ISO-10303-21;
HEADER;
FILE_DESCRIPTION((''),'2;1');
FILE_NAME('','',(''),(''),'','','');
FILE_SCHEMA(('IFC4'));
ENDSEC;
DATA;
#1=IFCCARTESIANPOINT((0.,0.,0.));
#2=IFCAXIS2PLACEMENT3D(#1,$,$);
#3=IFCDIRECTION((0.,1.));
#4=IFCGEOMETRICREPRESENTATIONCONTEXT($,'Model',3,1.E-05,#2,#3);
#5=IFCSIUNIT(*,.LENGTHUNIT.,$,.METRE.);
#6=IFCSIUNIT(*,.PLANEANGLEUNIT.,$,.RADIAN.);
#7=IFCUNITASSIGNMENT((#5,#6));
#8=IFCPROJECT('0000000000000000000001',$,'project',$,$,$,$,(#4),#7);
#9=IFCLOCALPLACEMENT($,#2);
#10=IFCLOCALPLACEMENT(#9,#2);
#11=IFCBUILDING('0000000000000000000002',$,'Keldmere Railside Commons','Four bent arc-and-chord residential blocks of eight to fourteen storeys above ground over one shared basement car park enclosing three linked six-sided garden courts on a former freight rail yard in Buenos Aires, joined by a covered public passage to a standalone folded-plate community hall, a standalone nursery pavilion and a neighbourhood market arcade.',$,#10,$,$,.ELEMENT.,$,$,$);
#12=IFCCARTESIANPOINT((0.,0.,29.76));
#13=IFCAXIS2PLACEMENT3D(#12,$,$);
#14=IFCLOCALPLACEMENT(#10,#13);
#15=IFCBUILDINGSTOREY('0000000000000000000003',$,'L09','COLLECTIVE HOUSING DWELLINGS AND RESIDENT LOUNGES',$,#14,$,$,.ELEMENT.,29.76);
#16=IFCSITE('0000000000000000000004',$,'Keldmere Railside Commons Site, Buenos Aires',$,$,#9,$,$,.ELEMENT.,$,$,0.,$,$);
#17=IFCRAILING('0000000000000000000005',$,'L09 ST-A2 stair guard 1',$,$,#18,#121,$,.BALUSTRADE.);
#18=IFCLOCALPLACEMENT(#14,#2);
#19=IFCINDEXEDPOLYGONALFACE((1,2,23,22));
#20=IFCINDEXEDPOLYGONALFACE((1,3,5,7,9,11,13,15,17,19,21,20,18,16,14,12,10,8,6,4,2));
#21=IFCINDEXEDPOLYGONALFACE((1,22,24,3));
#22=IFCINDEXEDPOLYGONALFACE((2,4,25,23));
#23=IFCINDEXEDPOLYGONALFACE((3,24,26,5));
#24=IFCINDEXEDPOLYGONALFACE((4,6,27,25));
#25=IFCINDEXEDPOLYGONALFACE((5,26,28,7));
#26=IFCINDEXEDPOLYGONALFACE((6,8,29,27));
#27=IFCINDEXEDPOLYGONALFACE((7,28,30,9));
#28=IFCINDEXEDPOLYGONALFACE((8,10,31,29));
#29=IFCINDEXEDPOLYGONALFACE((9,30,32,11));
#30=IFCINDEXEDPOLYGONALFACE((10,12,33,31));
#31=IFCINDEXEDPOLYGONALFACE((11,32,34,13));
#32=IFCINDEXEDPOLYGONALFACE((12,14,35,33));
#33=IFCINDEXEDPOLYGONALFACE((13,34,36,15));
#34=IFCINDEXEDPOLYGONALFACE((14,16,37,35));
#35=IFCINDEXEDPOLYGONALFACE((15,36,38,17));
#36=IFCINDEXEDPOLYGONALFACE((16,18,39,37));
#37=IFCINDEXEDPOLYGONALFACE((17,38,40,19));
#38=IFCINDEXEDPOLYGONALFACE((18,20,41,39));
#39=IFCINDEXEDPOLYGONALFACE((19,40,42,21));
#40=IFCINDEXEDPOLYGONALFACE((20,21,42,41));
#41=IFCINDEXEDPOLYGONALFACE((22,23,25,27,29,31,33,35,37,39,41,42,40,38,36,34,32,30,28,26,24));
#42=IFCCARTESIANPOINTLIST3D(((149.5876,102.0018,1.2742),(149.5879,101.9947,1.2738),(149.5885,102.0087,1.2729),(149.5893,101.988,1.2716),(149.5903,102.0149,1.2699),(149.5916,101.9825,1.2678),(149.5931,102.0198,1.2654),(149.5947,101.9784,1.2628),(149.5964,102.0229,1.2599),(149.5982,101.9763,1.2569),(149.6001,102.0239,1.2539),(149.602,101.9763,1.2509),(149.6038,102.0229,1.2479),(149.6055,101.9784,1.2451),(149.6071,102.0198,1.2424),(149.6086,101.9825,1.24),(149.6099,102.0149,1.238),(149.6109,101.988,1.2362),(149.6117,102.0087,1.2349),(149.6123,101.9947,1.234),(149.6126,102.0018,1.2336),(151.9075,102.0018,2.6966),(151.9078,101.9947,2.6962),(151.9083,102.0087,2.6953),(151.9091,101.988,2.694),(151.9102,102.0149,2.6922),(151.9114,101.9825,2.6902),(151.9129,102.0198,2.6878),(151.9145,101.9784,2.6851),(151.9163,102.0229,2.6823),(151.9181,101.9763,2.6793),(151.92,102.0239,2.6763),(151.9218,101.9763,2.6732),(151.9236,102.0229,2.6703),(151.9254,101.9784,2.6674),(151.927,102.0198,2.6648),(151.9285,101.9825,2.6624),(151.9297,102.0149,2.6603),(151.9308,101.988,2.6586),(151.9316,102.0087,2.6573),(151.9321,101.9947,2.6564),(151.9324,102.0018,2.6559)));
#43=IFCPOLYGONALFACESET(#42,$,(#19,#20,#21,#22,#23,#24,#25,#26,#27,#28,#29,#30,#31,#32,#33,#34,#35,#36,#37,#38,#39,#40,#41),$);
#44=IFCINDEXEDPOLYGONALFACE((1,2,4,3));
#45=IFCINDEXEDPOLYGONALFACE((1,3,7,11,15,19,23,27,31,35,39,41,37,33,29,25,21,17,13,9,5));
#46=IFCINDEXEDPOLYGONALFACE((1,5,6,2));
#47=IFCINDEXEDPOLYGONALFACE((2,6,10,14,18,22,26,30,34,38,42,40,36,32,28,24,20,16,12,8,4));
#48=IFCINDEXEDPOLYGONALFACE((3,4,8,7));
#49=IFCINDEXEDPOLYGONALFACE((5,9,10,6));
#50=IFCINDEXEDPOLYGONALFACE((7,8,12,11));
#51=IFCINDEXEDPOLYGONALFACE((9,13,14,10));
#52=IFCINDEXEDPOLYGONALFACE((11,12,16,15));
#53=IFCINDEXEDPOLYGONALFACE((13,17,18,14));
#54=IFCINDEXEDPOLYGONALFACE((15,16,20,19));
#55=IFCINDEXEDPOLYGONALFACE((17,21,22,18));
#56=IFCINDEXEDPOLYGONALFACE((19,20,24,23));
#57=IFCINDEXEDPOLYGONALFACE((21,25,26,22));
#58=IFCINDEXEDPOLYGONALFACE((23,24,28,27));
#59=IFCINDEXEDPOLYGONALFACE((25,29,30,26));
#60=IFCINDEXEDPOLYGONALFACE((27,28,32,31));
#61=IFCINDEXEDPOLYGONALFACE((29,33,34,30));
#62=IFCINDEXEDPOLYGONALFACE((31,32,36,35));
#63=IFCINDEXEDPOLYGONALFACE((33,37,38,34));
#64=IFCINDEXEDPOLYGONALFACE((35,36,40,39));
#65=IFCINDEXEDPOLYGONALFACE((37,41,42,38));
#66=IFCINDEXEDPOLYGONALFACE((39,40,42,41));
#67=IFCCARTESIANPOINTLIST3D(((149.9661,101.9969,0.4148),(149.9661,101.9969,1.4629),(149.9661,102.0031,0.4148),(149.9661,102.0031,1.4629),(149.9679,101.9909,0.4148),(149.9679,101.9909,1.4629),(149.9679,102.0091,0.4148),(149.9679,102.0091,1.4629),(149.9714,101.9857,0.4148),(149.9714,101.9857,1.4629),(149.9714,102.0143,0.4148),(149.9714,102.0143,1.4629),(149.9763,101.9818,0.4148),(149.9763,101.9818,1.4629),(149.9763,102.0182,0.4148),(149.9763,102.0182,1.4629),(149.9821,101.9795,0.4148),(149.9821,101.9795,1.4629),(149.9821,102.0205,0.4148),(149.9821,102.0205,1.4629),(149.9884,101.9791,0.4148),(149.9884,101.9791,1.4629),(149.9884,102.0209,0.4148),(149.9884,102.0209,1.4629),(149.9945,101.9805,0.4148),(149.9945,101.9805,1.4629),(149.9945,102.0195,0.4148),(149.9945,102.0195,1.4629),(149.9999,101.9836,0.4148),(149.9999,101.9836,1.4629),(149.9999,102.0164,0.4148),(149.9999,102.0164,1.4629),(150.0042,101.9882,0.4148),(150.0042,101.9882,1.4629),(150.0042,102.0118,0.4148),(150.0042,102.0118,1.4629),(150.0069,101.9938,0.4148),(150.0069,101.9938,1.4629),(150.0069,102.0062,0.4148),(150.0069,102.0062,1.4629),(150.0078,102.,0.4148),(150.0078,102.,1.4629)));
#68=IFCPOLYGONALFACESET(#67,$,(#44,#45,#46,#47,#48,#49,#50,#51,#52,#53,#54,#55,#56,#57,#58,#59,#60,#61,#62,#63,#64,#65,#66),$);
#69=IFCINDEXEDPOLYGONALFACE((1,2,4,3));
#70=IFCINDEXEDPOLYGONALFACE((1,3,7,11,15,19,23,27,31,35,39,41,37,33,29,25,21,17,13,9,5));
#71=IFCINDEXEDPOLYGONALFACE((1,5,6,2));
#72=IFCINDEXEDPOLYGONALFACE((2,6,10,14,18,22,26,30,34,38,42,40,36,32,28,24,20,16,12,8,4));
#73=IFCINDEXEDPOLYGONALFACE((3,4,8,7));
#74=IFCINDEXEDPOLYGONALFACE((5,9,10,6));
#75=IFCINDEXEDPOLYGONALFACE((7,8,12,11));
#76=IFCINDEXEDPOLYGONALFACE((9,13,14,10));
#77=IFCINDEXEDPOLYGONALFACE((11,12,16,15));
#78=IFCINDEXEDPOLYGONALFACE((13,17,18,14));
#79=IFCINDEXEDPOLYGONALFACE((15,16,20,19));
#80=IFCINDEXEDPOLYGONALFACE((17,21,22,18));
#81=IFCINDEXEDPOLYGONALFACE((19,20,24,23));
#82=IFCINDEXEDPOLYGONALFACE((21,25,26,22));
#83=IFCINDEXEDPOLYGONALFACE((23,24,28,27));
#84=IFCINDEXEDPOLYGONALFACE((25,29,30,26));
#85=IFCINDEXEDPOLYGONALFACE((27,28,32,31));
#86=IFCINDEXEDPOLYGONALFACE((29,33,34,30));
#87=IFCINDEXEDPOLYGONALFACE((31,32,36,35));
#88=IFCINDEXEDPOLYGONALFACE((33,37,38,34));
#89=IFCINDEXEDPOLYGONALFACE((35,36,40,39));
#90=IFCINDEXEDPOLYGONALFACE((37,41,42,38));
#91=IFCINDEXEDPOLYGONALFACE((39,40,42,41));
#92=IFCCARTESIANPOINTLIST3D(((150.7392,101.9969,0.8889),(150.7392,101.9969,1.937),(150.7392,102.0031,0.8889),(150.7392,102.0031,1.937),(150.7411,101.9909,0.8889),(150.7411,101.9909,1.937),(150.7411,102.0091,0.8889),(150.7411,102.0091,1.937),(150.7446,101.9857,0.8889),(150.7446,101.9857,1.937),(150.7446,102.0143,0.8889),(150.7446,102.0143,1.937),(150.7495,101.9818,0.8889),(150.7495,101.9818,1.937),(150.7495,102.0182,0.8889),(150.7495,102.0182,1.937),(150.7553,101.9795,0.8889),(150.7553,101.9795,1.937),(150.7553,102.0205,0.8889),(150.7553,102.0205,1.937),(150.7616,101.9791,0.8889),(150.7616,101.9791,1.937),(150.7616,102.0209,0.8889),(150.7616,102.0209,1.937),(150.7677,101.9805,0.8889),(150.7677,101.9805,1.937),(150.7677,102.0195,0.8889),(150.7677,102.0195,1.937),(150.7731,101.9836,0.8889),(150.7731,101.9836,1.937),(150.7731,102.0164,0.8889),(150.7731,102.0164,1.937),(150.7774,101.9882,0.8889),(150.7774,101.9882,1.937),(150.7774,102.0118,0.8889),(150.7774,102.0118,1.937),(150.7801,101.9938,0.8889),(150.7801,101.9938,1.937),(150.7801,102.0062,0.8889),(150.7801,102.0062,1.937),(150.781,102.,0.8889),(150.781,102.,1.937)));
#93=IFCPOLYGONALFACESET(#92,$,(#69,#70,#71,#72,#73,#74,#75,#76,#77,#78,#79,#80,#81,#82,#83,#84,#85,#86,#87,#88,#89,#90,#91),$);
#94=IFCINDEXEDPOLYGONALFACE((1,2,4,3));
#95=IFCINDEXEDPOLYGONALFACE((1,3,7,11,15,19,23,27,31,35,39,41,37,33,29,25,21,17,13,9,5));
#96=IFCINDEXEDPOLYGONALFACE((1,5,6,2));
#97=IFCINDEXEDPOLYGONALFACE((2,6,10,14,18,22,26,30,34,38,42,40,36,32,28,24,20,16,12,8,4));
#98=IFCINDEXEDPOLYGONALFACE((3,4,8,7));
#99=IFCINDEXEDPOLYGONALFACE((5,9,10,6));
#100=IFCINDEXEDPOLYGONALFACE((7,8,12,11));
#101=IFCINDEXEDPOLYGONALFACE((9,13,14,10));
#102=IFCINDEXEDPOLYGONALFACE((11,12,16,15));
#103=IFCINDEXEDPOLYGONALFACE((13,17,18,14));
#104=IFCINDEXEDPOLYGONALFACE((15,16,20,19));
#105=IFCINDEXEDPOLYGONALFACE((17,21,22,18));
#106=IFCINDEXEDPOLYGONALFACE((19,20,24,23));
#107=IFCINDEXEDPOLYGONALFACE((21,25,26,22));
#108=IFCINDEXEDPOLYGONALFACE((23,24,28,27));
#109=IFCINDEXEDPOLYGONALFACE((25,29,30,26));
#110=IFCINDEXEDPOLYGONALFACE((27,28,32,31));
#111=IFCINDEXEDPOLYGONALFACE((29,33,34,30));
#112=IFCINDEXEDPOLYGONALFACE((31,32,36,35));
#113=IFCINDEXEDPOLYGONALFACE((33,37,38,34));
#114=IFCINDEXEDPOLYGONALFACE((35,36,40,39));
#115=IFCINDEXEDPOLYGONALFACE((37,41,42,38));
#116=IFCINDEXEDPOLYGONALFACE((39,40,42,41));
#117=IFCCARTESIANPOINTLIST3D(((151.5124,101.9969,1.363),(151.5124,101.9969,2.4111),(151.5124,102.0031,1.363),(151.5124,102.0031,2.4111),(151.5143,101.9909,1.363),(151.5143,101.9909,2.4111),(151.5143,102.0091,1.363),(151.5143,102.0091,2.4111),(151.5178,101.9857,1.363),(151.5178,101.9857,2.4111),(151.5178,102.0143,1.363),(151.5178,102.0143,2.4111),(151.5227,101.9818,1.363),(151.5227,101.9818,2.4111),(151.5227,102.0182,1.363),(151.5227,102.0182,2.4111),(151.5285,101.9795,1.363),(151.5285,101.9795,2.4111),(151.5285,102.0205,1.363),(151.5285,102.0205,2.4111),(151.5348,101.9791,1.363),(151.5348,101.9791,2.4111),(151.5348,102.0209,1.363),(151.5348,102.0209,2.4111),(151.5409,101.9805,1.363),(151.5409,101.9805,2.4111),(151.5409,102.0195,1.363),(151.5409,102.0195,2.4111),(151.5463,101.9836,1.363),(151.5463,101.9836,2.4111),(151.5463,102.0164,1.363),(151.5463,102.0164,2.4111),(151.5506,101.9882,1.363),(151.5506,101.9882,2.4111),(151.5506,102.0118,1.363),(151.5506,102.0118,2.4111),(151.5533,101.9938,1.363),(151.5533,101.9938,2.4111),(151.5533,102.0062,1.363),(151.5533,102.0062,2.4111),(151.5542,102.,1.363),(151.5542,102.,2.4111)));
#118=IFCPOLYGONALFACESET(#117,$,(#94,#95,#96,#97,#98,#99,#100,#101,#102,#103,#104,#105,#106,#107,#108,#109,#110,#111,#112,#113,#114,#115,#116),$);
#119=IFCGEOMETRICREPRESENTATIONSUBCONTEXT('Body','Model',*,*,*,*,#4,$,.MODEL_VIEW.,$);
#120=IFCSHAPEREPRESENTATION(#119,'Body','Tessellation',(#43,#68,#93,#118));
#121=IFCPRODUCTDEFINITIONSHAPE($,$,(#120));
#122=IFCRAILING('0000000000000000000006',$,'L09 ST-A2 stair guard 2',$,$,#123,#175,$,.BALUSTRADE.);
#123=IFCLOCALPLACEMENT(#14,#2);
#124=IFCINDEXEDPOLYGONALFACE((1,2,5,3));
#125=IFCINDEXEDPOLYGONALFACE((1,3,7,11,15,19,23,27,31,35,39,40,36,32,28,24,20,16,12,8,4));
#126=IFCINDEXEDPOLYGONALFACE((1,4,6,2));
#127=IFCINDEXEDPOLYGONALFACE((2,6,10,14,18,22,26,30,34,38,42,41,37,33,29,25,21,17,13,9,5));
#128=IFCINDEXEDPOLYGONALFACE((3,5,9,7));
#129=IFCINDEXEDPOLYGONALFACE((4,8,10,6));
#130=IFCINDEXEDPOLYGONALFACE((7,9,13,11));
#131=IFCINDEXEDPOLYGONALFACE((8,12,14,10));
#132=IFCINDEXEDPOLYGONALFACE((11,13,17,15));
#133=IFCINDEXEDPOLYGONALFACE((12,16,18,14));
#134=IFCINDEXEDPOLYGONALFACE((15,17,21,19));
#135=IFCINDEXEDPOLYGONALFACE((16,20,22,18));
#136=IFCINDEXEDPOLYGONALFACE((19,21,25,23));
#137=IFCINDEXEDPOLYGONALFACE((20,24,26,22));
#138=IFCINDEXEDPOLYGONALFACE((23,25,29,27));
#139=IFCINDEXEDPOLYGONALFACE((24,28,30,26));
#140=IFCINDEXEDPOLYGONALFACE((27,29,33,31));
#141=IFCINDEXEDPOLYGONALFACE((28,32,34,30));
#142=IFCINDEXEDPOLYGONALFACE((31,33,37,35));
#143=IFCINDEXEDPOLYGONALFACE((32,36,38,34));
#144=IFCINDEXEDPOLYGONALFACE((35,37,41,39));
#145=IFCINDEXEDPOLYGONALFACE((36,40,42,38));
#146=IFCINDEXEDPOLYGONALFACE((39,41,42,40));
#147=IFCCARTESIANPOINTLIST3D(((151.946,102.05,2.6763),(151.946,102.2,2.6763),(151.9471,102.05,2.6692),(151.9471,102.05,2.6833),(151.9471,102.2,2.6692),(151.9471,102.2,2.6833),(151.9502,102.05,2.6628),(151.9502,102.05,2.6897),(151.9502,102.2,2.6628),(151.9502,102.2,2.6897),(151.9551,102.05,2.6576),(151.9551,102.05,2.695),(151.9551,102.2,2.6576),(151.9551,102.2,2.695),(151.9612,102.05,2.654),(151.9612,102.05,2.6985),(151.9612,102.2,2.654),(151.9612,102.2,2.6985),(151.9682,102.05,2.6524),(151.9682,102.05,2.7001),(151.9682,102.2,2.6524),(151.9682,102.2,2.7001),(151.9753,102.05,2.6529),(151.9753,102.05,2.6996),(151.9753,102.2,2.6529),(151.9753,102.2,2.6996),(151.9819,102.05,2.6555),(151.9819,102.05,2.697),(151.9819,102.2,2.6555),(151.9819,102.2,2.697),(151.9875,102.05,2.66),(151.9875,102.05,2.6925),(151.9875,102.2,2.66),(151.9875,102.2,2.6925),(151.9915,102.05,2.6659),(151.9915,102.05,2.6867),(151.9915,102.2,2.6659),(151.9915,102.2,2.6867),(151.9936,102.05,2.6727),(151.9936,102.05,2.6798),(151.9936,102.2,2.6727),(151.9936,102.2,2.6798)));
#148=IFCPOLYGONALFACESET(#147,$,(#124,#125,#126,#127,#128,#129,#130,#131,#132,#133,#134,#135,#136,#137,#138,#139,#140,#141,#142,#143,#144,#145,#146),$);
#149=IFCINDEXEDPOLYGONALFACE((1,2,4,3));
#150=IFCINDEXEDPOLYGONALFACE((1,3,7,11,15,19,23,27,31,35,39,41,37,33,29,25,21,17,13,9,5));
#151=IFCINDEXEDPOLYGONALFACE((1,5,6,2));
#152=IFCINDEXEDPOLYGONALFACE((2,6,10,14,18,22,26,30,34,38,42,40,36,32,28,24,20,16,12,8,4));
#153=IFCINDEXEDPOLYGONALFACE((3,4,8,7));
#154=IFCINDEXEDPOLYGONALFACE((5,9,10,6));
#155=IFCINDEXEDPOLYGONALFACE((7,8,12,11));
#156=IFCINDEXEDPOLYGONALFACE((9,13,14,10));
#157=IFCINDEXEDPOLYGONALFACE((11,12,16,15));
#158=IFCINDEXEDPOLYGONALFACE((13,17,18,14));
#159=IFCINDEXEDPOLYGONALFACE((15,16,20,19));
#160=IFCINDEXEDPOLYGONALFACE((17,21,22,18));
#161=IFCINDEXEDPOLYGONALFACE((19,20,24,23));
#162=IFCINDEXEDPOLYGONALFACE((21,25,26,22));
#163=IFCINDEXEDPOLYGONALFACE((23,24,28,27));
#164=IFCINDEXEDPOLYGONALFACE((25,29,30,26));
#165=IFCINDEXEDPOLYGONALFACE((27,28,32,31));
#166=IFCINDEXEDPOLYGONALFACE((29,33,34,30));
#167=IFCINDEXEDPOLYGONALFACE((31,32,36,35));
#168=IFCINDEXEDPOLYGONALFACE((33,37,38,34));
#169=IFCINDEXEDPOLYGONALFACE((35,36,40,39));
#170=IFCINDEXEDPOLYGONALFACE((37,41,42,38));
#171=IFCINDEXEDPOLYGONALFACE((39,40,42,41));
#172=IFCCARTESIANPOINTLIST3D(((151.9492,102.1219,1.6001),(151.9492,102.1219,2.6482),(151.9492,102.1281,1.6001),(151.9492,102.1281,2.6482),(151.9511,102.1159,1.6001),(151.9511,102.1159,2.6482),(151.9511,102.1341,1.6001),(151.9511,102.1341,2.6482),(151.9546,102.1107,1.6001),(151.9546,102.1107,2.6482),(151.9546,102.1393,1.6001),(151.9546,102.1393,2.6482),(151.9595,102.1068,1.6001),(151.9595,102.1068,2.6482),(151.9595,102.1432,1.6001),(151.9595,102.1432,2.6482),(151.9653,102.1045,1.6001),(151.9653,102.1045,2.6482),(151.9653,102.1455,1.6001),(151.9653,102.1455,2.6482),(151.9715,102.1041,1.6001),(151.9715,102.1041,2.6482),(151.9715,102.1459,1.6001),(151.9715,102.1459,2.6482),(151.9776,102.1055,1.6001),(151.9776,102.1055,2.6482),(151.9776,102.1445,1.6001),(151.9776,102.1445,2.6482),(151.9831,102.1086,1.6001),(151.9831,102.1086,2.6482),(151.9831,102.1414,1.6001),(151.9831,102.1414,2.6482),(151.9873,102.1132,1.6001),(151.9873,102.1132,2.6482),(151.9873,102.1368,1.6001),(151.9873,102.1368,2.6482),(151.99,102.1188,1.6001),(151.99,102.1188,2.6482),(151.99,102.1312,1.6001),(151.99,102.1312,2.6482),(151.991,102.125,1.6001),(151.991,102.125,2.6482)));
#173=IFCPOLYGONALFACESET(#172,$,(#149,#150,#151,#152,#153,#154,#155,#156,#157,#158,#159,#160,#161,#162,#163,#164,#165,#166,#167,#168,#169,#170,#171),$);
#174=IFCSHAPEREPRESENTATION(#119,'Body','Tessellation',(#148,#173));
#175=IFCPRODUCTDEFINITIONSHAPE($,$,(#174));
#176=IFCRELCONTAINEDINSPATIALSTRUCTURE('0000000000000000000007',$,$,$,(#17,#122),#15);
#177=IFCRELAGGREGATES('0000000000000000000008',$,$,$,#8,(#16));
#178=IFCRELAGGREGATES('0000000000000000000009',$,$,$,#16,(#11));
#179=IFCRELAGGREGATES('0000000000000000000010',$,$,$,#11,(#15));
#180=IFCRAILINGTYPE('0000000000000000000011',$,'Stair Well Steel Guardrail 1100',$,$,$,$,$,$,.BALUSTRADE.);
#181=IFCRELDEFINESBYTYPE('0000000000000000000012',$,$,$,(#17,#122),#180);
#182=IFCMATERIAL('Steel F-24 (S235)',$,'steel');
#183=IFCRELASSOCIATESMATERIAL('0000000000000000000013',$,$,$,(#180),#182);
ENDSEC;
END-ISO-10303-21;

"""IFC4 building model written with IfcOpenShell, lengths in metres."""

from ifc_helpers import new_model, si_unit, direction, frame, origin, origin_2d, place, context, subcontext, project, spatial, circle, extrude, material, type_object, element, save


model = new_model("IFC4")

# Units and contexts
model_context = context("Model", 3, precision=1e-05, world=origin(), true_north=direction((0.0, 1.0)))
body_context = subcontext(model_context, "Body", "Model", "MODEL_VIEW")
ifc_project = project(units=[si_unit("LENGTHUNIT", "METRE"), si_unit("PLANEANGLEUNIT", "RADIAN")], contexts=[model_context])

# Site, building, storey
site_placement = place(None, origin())
site = spatial("IfcSite", under=ifc_project, at=site_placement, Name="Keldmere Railside Commons Site, Buenos Aires", CompositionType="ELEMENT", RefElevation=0.0)
building_placement = place(site_placement, origin())
building = spatial("IfcBuilding", under=site, at=building_placement, Name="Keldmere Railside Commons", Description="Four bent arc-and-chord residential blocks of eight to fourteen storeys above ground over one shared basement car park enclosing three linked six-sided garden courts on a former freight rail yard in Buenos Aires, joined by a covered public passage to a standalone folded-plate community hall, a standalone nursery pavilion and a neighbourhood market arcade.", CompositionType="ELEMENT")
storey_placement = place(building_placement, frame((0.0, 0.0, 29.76)))
storey = spatial("IfcBuildingStorey", under=building, at=storey_placement, Name="L09", Description="COLLECTIVE HOUSING DWELLINGS AND RESIDENT LOUNGES", CompositionType="ELEMENT", Elevation=29.76)

# Railings
ifc_material_1 = material(Name="Steel F-24 (S235)", Category="steel")
railing_type_1 = type_object("IfcRailingType", Name="Stair Well Steel Guardrail 1100", PredefinedType="BALUSTRADE", material=ifc_material_1)
railing_1_placement = place(storey_placement, frame((149.6001, 102.0, 0.1777)))
element("IfcRailing", 1, at=railing_1_placement, inside=storey, type_object=railing_type_1, Name="L09 ST-A2 stair guard 1", PredefinedType="BALUSTRADE", context=body_context, shape_type="SweptSolid", body=[
    extrude(circle(Radius=0.0239, at=origin_2d()), frame((0.0, 0.0, 1.0762), z_axis=(0.852514, 0.0, 0.522705), x_axis=(0.0, 1.0, 0.0)), (0.0, 0.0, 1.0), 2.7212),
    extrude(circle(Radius=0.021, at=origin_2d()), frame((0.3867, 0.0, 0.2371)), (0.0, 0.0, 1.0), 1.0481),
    extrude(circle(Radius=0.021, at=origin_2d()), frame((1.1599, 0.0, 0.7112)), (0.0, 0.0, 1.0), 1.0481),
    extrude(circle(Radius=0.021, at=origin_2d()), frame((1.9331, 0.0, 1.1853)), (0.0, 0.0, 1.0), 1.0481),
])
railing_2_placement = place(storey_placement, frame((151.97, 102.05, 1.6001)))
element("IfcRailing", 2, at=railing_2_placement, inside=storey, type_object=railing_type_1, Name="L09 ST-A2 stair guard 2", PredefinedType="BALUSTRADE", context=body_context, shape_type="SweptSolid", body=[
    extrude(circle(Radius=0.0239, at=origin_2d()), frame((0.0, 0.0, 1.0762), z_axis=(0.0, 1.0, 0.0), x_axis=(-1.0, 0.0, 0.0)), (0.0, 0.0, 1.0), 0.1499),
    extrude(circle(Radius=0.021, at=origin_2d()), frame((0.0, 0.075, 0.0)), (0.0, 0.0, 1.0), 1.0481),
])

save(model, "model.ifc")
